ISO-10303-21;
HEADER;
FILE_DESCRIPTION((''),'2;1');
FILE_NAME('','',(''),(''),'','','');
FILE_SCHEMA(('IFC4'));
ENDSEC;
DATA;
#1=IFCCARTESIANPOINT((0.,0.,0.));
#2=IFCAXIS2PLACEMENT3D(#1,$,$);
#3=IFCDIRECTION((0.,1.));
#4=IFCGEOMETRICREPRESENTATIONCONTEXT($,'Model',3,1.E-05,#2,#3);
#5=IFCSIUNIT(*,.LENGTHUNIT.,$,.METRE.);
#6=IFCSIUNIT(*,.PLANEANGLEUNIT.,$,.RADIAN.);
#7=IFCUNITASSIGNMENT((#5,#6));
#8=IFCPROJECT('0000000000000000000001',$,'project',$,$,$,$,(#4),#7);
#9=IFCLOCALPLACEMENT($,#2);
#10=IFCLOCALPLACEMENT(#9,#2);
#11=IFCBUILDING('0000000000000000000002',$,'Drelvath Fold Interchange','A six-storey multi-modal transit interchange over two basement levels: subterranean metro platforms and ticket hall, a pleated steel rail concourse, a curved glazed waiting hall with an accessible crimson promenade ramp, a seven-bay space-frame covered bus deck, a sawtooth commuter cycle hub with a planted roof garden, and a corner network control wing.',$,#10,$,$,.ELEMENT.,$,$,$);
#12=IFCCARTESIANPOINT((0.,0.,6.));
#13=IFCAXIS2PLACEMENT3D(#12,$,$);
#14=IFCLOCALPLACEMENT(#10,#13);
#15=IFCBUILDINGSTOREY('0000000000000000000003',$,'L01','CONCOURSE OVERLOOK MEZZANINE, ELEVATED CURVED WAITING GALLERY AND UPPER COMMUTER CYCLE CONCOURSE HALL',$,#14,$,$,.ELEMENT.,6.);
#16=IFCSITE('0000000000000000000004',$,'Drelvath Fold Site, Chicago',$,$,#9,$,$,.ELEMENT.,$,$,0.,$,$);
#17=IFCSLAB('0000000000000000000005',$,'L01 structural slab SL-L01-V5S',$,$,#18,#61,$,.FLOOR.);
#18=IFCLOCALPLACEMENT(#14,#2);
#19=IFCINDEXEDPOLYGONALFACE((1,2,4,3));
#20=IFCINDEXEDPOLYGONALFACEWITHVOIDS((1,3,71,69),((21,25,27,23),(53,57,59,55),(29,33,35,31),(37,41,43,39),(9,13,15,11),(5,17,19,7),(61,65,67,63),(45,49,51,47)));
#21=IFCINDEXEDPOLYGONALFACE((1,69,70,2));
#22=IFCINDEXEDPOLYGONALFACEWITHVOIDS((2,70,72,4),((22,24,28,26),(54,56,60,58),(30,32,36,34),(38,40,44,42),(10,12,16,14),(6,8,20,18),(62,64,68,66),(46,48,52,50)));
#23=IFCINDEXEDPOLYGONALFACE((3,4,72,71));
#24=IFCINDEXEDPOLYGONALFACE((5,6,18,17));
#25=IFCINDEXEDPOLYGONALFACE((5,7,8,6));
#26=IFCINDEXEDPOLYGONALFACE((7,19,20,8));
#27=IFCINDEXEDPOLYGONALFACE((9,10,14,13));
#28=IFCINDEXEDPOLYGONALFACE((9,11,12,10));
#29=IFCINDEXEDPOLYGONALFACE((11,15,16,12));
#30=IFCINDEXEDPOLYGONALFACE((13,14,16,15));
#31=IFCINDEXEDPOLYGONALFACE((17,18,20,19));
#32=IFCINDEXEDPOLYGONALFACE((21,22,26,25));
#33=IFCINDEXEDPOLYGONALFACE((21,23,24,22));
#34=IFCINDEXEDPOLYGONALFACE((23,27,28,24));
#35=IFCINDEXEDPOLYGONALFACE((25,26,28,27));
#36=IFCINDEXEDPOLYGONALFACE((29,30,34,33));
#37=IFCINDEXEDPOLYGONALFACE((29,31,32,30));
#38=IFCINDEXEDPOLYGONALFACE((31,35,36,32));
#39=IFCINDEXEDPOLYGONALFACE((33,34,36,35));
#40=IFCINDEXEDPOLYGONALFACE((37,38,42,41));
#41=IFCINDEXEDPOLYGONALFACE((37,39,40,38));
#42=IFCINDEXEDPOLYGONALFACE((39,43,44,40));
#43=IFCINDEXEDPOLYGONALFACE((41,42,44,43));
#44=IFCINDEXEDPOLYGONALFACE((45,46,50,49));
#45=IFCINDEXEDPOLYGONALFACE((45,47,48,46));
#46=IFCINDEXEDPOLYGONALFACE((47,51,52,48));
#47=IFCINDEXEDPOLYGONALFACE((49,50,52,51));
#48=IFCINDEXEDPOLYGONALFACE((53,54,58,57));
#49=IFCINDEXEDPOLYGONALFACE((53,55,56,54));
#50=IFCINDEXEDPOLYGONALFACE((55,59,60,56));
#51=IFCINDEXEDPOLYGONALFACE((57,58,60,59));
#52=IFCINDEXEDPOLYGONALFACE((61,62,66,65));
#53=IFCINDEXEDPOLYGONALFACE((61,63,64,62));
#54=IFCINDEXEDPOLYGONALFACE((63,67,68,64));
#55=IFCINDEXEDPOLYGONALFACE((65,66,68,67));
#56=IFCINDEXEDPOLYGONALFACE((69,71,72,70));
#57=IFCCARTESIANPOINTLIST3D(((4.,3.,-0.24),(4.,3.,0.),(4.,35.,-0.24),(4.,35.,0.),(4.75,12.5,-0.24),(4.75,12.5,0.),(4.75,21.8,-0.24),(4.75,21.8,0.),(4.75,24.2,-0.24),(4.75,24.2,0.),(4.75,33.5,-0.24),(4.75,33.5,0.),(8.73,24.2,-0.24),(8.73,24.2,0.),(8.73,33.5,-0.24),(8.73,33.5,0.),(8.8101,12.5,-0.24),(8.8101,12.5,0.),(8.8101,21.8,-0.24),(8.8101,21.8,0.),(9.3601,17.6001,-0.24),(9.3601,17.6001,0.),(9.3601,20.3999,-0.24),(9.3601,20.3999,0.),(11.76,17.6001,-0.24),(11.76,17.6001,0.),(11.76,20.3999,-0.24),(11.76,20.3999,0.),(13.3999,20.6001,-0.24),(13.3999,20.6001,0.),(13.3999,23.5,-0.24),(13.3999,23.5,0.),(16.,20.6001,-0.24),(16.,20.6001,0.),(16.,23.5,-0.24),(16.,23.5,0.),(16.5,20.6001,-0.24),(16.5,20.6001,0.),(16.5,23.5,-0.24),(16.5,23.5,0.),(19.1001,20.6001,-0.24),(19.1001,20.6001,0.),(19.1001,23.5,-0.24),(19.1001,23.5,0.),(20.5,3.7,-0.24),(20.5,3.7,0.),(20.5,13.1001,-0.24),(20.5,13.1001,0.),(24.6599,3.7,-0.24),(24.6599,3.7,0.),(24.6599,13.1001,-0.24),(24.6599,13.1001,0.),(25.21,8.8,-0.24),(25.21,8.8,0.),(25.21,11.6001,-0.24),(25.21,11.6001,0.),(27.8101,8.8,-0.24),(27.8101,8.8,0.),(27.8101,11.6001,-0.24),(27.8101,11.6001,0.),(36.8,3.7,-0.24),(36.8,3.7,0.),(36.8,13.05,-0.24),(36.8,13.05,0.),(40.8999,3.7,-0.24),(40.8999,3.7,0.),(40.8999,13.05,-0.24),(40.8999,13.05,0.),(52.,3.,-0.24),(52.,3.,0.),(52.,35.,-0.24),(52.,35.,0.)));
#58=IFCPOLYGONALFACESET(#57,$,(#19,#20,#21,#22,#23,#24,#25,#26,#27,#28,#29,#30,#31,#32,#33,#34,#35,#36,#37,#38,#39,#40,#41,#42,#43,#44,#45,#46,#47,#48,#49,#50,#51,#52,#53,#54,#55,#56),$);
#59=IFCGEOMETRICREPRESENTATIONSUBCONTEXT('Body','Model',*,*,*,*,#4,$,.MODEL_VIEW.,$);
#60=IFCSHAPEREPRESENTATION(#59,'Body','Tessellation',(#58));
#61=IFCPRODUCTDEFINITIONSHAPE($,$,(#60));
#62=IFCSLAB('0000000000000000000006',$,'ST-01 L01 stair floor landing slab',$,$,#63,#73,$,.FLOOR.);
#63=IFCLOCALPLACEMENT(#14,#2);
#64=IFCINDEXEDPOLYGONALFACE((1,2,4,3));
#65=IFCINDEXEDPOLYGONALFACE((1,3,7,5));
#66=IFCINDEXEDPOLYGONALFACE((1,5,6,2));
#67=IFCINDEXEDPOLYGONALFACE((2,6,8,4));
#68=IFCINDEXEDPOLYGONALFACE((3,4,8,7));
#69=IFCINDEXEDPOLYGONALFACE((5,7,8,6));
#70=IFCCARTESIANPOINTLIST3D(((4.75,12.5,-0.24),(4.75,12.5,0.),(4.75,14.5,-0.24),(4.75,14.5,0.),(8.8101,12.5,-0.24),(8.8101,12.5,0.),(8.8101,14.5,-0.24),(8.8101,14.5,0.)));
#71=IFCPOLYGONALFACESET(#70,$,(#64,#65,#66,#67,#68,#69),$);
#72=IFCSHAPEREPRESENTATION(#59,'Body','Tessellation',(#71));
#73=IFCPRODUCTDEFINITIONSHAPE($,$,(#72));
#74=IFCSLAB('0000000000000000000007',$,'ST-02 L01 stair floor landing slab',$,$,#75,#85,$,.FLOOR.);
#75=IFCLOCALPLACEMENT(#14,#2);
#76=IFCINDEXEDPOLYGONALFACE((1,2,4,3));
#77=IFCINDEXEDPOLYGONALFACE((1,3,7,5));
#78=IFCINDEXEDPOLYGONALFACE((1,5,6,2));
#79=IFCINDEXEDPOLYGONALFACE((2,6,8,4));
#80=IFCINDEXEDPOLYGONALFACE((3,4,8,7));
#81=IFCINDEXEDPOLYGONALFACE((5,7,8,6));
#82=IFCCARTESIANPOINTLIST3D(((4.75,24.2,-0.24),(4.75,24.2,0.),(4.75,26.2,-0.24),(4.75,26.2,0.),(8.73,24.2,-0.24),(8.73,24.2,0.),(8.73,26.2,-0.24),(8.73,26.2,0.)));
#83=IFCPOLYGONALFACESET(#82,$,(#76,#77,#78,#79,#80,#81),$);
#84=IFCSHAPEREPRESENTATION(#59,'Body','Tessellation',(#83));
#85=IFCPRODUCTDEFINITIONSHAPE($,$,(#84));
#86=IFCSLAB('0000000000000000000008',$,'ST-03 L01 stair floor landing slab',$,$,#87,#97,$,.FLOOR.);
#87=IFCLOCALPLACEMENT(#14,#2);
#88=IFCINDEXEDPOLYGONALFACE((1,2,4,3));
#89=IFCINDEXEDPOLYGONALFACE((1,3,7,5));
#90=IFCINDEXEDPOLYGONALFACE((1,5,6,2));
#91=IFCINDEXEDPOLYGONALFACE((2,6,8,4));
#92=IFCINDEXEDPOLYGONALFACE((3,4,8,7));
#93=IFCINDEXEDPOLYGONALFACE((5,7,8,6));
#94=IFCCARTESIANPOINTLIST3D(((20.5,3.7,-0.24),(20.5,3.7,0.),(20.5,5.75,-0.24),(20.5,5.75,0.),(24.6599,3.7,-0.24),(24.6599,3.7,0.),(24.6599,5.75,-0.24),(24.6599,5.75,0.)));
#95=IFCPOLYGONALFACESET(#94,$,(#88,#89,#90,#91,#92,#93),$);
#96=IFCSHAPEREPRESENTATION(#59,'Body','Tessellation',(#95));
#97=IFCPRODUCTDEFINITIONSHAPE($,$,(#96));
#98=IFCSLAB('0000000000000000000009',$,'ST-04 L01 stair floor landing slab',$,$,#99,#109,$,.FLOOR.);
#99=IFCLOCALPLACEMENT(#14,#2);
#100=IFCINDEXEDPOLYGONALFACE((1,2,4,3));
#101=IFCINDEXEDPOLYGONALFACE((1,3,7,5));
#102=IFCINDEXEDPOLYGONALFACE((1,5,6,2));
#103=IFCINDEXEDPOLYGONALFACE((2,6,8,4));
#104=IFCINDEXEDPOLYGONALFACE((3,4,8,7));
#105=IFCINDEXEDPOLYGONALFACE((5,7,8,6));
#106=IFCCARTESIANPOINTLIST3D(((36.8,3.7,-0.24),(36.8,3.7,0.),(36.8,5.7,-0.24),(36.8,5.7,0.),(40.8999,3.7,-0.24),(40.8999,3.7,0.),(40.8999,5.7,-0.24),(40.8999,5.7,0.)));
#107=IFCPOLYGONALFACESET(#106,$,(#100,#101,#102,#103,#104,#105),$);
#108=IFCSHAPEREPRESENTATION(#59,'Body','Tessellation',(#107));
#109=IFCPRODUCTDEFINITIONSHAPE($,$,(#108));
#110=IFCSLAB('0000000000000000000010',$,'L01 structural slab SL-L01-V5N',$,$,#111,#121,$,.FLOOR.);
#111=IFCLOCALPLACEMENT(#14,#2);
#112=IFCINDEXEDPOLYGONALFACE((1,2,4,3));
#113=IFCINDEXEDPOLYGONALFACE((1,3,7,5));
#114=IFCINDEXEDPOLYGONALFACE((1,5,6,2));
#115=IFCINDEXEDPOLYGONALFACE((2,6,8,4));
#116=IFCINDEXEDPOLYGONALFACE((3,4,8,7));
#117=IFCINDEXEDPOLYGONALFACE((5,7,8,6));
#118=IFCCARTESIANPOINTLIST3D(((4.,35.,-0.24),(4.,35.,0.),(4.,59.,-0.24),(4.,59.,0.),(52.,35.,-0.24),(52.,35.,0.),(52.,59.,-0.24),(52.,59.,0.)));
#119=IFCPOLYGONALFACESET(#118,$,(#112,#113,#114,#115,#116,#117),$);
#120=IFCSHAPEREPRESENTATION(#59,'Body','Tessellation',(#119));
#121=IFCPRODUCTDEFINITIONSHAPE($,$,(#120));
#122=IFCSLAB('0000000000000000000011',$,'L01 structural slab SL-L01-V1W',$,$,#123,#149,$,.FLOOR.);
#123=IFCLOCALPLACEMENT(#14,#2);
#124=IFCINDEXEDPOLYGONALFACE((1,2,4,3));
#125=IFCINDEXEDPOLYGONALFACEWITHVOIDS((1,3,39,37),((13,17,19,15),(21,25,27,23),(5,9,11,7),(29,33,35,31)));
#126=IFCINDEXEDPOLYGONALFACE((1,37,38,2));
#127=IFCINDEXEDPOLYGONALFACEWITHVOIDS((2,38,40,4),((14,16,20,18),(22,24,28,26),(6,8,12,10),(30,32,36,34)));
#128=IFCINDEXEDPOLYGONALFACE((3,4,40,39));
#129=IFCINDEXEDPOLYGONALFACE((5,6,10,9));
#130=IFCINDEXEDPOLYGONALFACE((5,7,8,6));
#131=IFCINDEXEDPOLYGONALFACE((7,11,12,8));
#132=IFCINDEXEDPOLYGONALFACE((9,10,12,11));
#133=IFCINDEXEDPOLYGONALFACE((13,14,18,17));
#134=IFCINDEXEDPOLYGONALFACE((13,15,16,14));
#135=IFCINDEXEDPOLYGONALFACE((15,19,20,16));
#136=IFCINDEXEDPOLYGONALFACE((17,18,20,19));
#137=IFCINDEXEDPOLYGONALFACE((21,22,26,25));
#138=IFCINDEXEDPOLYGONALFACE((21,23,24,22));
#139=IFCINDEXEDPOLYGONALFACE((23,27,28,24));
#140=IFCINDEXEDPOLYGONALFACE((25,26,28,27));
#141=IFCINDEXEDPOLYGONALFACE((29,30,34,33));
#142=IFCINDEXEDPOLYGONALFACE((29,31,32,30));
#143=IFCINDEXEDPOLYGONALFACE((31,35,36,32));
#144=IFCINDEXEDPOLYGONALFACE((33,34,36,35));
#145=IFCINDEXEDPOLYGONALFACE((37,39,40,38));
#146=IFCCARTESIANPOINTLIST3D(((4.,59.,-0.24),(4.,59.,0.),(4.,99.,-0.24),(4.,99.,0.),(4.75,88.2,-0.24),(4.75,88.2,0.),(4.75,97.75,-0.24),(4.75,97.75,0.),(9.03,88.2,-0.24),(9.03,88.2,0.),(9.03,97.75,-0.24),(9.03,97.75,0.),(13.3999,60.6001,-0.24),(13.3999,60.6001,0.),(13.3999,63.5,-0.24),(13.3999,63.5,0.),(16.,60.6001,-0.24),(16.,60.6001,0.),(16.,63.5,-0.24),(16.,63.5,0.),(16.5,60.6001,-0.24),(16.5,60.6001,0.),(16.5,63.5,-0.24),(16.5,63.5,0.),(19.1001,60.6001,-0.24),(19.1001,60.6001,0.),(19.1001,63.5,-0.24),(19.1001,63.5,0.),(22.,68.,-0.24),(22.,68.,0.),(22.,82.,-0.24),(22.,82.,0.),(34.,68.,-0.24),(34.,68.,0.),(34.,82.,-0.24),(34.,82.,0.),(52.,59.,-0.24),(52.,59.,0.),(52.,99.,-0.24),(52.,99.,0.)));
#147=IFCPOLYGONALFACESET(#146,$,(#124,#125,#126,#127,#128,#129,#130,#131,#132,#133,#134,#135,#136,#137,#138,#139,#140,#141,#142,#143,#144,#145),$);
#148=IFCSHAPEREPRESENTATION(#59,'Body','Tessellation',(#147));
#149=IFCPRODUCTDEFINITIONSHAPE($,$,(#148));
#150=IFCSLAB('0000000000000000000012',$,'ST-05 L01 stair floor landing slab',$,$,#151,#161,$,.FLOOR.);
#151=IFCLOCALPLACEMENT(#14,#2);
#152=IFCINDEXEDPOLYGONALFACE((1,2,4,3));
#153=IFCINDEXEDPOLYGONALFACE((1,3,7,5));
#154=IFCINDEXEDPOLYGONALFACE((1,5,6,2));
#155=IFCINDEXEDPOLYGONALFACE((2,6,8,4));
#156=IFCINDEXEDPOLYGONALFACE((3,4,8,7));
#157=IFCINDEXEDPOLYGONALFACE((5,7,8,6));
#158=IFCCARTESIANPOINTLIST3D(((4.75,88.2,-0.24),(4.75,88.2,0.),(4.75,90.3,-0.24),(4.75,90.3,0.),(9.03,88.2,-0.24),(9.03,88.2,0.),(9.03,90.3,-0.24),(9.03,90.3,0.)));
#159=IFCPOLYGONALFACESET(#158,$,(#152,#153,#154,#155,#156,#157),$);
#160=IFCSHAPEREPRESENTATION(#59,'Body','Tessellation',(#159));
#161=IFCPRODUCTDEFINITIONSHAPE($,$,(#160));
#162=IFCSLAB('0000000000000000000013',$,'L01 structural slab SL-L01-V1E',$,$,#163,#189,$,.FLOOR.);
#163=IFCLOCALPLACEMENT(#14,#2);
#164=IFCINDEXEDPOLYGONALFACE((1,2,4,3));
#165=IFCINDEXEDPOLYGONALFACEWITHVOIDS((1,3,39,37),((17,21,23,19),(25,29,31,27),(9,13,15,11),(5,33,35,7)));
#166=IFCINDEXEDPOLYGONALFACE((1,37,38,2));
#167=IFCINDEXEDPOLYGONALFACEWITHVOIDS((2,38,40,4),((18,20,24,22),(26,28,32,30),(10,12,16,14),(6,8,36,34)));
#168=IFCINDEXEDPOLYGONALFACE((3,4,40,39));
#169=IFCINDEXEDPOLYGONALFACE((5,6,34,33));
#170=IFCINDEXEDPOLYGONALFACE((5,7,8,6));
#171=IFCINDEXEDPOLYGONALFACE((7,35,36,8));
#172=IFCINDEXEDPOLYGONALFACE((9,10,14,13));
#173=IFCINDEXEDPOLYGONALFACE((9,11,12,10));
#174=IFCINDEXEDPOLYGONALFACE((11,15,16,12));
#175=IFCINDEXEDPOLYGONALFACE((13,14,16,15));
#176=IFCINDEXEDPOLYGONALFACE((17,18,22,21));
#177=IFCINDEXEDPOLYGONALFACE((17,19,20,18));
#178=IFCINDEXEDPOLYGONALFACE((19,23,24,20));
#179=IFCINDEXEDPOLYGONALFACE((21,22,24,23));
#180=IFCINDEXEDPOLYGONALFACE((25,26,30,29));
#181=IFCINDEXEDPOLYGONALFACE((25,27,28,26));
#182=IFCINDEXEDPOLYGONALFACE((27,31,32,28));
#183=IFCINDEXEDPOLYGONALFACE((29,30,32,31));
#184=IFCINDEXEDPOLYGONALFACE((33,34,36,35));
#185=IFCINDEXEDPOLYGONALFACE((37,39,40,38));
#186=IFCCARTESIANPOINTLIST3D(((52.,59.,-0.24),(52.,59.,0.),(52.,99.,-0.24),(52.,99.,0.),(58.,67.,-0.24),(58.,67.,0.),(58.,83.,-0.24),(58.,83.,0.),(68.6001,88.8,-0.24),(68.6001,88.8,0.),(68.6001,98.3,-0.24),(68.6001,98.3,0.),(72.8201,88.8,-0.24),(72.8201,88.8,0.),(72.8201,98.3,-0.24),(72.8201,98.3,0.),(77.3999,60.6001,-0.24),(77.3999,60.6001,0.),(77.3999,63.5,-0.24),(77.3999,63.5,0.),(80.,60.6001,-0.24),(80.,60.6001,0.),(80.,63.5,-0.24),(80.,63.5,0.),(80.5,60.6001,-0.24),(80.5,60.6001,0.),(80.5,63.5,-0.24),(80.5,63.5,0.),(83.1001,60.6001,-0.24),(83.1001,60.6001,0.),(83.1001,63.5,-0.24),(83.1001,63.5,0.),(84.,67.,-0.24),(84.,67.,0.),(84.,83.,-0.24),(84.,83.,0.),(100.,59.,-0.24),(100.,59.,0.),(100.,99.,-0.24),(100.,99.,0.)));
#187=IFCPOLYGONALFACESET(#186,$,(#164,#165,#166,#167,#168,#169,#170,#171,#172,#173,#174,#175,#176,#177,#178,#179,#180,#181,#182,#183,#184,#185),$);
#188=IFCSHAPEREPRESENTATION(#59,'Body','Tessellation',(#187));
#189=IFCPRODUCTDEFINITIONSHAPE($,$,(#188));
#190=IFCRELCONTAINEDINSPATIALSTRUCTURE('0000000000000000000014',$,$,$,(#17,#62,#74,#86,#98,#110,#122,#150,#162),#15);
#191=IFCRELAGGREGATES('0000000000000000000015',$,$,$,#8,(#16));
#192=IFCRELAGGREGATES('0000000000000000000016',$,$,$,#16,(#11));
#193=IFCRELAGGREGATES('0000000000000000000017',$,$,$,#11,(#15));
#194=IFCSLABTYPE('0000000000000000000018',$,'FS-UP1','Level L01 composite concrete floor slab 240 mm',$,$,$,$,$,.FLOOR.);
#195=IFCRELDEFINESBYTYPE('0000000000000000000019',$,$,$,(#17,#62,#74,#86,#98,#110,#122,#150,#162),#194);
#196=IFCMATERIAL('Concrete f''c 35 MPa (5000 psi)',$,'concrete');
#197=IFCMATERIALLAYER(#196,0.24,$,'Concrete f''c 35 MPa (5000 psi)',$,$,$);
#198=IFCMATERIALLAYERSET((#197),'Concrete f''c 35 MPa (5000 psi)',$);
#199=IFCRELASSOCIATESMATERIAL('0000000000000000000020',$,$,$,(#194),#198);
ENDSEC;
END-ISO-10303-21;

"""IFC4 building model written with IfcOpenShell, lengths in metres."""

from ifc_helpers import new_model, si_unit, direction, frame, origin, place, context, subcontext, project, spatial, polyline, outline, extrude, material, layer, layer_set, type_object, element, save


model = new_model("IFC4")

# Units and contexts
model_context = context("Model", 3, precision=1e-05, world=origin(), true_north=direction((0.0, 1.0)))
body_context = subcontext(model_context, "Body", "Model", "MODEL_VIEW")
ifc_project = project(units=[si_unit("LENGTHUNIT", "METRE"), si_unit("PLANEANGLEUNIT", "RADIAN")], contexts=[model_context])

# Site, building, storey
site_placement = place(None, origin())
site = spatial("IfcSite", under=ifc_project, at=site_placement, Name="Drelvath Fold Site, Chicago", CompositionType="ELEMENT", RefElevation=0.0)
building_placement = place(site_placement, origin())
building = spatial("IfcBuilding", under=site, at=building_placement, Name="Drelvath Fold Interchange", Description="A six-storey multi-modal transit interchange over two basement levels: subterranean metro platforms and ticket hall, a pleated steel rail concourse, a curved glazed waiting hall with an accessible crimson promenade ramp, a seven-bay space-frame covered bus deck, a sawtooth commuter cycle hub with a planted roof garden, and a corner network control wing.", CompositionType="ELEMENT")
storey_placement = place(building_placement, frame((0.0, 0.0, 6.0)))
storey = spatial("IfcBuildingStorey", under=building, at=storey_placement, Name="L01", Description="CONCOURSE OVERLOOK MEZZANINE, ELEVATED CURVED WAITING GALLERY AND UPPER COMMUTER CYCLE CONCOURSE HALL", CompositionType="ELEMENT", Elevation=6.0)

# Slabs
ifc_material_1 = material(Name="Concrete f'c 35 MPa (5000 psi)", Category="concrete")
ifc_layer_1 = layer(ifc_material_1, 0.24, Name="Concrete f'c 35 MPa (5000 psi)")
ifc_layer_set_1 = layer_set([ifc_layer_1], Name="Concrete f'c 35 MPa (5000 psi)")
slab_type_1 = type_object("IfcSlabType", Name="FS-UP1", Description="Level L01 composite concrete floor slab 240 mm", PredefinedType="FLOOR", material=ifc_layer_set_1)
slab_1_placement = place(storey_placement, frame((0.0, 0.0, -0.24)))
element("IfcSlab", 1, at=slab_1_placement, inside=storey, type_object=slab_type_1, Name="L01 structural slab SL-L01-V5S", PredefinedType="FLOOR", context=body_context, shape_type="SweptSolid", body=[
    extrude(outline(polyline([(4.0, 3.0), (52.0, 3.0), (52.0, 35.0), (4.0, 35.0), (4.0, 3.0)]), holes=[polyline([(4.75, 12.5), (4.75, 21.8), (8.8101, 21.8), (8.8101, 12.5), (4.75, 12.5)]), polyline([(4.75, 24.2), (4.75, 33.5), (8.73, 33.5), (8.73, 24.2), (4.75, 24.2)]), polyline([(20.5, 3.7), (20.5, 13.1001), (24.6599, 13.1001), (24.6599, 3.7), (20.5, 3.7)]), polyline([(36.8, 3.7), (36.8, 13.05), (40.8999, 13.05), (40.8999, 3.7), (36.8, 3.7)]), polyline([(9.3601, 17.6001), (9.3601, 20.3999), (11.76, 20.3999), (11.76, 17.6001), (9.3601, 17.6001)]), polyline([(25.21, 8.8), (25.21, 11.6001), (27.8101, 11.6001), (27.8101, 8.8), (25.21, 8.8)]), polyline([(13.3999, 20.6001), (13.3999, 23.5), (16.0, 23.5), (16.0, 20.6001), (13.3999, 20.6001)]), polyline([(16.5, 20.6001), (16.5, 23.5), (19.1001, 23.5), (19.1001, 20.6001), (16.5, 20.6001)])]), origin(), (0.0, 0.0, 1.0), 0.24),
])
slab_2_placement = place(storey_placement, frame((0.0, 0.0, -0.24)))
element("IfcSlab", 2, at=slab_2_placement, inside=storey, type_object=slab_type_1, Name="ST-01 L01 stair floor landing slab", PredefinedType="FLOOR", context=body_context, shape_type="SweptSolid", body=[
    extrude(outline(polyline([(4.75, 12.5), (8.8101, 12.5), (8.8101, 14.5), (4.75, 14.5), (4.75, 12.5)])), origin(), (0.0, 0.0, 1.0), 0.24),
])
slab_3_placement = place(storey_placement, frame((0.0, 0.0, -0.24)))
element("IfcSlab", 3, at=slab_3_placement, inside=storey, type_object=slab_type_1, Name="ST-02 L01 stair floor landing slab", PredefinedType="FLOOR", context=body_context, shape_type="SweptSolid", body=[
    extrude(outline(polyline([(4.75, 24.2), (8.73, 24.2), (8.73, 26.2), (4.75, 26.2), (4.75, 24.2)])), origin(), (0.0, 0.0, 1.0), 0.24),
])
slab_4_placement = place(storey_placement, frame((0.0, 0.0, -0.24)))
element("IfcSlab", 4, at=slab_4_placement, inside=storey, type_object=slab_type_1, Name="ST-03 L01 stair floor landing slab", PredefinedType="FLOOR", context=body_context, shape_type="SweptSolid", body=[
    extrude(outline(polyline([(20.5, 3.7), (24.6599, 3.7), (24.6599, 5.75), (20.5, 5.75), (20.5, 3.7)])), origin(), (0.0, 0.0, 1.0), 0.24),
])
slab_5_placement = place(storey_placement, frame((0.0, 0.0, -0.24)))
element("IfcSlab", 5, at=slab_5_placement, inside=storey, type_object=slab_type_1, Name="ST-04 L01 stair floor landing slab", PredefinedType="FLOOR", context=body_context, shape_type="SweptSolid", body=[
    extrude(outline(polyline([(36.8, 3.7), (40.8999, 3.7), (40.8999, 5.7), (36.8, 5.7), (36.8, 3.7)])), origin(), (0.0, 0.0, 1.0), 0.24),
])
slab_6_placement = place(storey_placement, frame((0.0, 0.0, -0.24)))
element("IfcSlab", 6, at=slab_6_placement, inside=storey, type_object=slab_type_1, Name="L01 structural slab SL-L01-V5N", PredefinedType="FLOOR", context=body_context, shape_type="SweptSolid", body=[
    extrude(outline(polyline([(4.0, 35.0), (52.0, 35.0), (52.0, 59.0), (4.0, 59.0), (4.0, 35.0)])), origin(), (0.0, 0.0, 1.0), 0.24),
])
slab_7_placement = place(storey_placement, frame((0.0, 0.0, -0.24)))
element("IfcSlab", 7, at=slab_7_placement, inside=storey, type_object=slab_type_1, Name="L01 structural slab SL-L01-V1W", PredefinedType="FLOOR", context=body_context, shape_type="SweptSolid", body=[
    extrude(outline(polyline([(4.0, 59.0), (52.0, 59.0), (52.0, 99.0), (4.0, 99.0), (4.0, 59.0)]), holes=[polyline([(22.0, 68.0), (22.0, 82.0), (34.0, 82.0), (34.0, 68.0), (22.0, 68.0)]), polyline([(4.75, 88.2), (4.75, 97.75), (9.03, 97.75), (9.03, 88.2), (4.75, 88.2)]), polyline([(13.3999, 60.6001), (13.3999, 63.5), (16.0, 63.5), (16.0, 60.6001), (13.3999, 60.6001)]), polyline([(16.5, 60.6001), (16.5, 63.5), (19.1001, 63.5), (19.1001, 60.6001), (16.5, 60.6001)])]), origin(), (0.0, 0.0, 1.0), 0.24),
])
slab_8_placement = place(storey_placement, frame((0.0, 0.0, -0.24)))
element("IfcSlab", 8, at=slab_8_placement, inside=storey, type_object=slab_type_1, Name="ST-05 L01 stair floor landing slab", PredefinedType="FLOOR", context=body_context, shape_type="SweptSolid", body=[
    extrude(outline(polyline([(4.75, 88.2), (9.03, 88.2), (9.03, 90.3), (4.75, 90.3), (4.75, 88.2)])), origin(), (0.0, 0.0, 1.0), 0.24),
])
slab_9_placement = place(storey_placement, frame((0.0, 0.0, -0.24)))
element("IfcSlab", 9, at=slab_9_placement, inside=storey, type_object=slab_type_1, Name="L01 structural slab SL-L01-V1E", PredefinedType="FLOOR", context=body_context, shape_type="SweptSolid", body=[
    extrude(outline(polyline([(52.0, 59.0), (100.0, 59.0), (100.0, 99.0), (52.0, 99.0), (52.0, 59.0)]), holes=[polyline([(58.0, 67.0), (58.0, 83.0), (84.0, 83.0), (84.0, 67.0), (58.0, 67.0)]), polyline([(68.6001, 88.8), (68.6001, 98.3), (72.8201, 98.3), (72.8201, 88.8), (68.6001, 88.8)]), polyline([(77.3999, 60.6001), (77.3999, 63.5), (80.0, 63.5), (80.0, 60.6001), (77.3999, 60.6001)]), polyline([(80.5, 60.6001), (80.5, 63.5), (83.1001, 63.5), (83.1001, 60.6001), (80.5, 60.6001)])]), origin(), (0.0, 0.0, 1.0), 0.24),
])

save(model, "model.ifc")
